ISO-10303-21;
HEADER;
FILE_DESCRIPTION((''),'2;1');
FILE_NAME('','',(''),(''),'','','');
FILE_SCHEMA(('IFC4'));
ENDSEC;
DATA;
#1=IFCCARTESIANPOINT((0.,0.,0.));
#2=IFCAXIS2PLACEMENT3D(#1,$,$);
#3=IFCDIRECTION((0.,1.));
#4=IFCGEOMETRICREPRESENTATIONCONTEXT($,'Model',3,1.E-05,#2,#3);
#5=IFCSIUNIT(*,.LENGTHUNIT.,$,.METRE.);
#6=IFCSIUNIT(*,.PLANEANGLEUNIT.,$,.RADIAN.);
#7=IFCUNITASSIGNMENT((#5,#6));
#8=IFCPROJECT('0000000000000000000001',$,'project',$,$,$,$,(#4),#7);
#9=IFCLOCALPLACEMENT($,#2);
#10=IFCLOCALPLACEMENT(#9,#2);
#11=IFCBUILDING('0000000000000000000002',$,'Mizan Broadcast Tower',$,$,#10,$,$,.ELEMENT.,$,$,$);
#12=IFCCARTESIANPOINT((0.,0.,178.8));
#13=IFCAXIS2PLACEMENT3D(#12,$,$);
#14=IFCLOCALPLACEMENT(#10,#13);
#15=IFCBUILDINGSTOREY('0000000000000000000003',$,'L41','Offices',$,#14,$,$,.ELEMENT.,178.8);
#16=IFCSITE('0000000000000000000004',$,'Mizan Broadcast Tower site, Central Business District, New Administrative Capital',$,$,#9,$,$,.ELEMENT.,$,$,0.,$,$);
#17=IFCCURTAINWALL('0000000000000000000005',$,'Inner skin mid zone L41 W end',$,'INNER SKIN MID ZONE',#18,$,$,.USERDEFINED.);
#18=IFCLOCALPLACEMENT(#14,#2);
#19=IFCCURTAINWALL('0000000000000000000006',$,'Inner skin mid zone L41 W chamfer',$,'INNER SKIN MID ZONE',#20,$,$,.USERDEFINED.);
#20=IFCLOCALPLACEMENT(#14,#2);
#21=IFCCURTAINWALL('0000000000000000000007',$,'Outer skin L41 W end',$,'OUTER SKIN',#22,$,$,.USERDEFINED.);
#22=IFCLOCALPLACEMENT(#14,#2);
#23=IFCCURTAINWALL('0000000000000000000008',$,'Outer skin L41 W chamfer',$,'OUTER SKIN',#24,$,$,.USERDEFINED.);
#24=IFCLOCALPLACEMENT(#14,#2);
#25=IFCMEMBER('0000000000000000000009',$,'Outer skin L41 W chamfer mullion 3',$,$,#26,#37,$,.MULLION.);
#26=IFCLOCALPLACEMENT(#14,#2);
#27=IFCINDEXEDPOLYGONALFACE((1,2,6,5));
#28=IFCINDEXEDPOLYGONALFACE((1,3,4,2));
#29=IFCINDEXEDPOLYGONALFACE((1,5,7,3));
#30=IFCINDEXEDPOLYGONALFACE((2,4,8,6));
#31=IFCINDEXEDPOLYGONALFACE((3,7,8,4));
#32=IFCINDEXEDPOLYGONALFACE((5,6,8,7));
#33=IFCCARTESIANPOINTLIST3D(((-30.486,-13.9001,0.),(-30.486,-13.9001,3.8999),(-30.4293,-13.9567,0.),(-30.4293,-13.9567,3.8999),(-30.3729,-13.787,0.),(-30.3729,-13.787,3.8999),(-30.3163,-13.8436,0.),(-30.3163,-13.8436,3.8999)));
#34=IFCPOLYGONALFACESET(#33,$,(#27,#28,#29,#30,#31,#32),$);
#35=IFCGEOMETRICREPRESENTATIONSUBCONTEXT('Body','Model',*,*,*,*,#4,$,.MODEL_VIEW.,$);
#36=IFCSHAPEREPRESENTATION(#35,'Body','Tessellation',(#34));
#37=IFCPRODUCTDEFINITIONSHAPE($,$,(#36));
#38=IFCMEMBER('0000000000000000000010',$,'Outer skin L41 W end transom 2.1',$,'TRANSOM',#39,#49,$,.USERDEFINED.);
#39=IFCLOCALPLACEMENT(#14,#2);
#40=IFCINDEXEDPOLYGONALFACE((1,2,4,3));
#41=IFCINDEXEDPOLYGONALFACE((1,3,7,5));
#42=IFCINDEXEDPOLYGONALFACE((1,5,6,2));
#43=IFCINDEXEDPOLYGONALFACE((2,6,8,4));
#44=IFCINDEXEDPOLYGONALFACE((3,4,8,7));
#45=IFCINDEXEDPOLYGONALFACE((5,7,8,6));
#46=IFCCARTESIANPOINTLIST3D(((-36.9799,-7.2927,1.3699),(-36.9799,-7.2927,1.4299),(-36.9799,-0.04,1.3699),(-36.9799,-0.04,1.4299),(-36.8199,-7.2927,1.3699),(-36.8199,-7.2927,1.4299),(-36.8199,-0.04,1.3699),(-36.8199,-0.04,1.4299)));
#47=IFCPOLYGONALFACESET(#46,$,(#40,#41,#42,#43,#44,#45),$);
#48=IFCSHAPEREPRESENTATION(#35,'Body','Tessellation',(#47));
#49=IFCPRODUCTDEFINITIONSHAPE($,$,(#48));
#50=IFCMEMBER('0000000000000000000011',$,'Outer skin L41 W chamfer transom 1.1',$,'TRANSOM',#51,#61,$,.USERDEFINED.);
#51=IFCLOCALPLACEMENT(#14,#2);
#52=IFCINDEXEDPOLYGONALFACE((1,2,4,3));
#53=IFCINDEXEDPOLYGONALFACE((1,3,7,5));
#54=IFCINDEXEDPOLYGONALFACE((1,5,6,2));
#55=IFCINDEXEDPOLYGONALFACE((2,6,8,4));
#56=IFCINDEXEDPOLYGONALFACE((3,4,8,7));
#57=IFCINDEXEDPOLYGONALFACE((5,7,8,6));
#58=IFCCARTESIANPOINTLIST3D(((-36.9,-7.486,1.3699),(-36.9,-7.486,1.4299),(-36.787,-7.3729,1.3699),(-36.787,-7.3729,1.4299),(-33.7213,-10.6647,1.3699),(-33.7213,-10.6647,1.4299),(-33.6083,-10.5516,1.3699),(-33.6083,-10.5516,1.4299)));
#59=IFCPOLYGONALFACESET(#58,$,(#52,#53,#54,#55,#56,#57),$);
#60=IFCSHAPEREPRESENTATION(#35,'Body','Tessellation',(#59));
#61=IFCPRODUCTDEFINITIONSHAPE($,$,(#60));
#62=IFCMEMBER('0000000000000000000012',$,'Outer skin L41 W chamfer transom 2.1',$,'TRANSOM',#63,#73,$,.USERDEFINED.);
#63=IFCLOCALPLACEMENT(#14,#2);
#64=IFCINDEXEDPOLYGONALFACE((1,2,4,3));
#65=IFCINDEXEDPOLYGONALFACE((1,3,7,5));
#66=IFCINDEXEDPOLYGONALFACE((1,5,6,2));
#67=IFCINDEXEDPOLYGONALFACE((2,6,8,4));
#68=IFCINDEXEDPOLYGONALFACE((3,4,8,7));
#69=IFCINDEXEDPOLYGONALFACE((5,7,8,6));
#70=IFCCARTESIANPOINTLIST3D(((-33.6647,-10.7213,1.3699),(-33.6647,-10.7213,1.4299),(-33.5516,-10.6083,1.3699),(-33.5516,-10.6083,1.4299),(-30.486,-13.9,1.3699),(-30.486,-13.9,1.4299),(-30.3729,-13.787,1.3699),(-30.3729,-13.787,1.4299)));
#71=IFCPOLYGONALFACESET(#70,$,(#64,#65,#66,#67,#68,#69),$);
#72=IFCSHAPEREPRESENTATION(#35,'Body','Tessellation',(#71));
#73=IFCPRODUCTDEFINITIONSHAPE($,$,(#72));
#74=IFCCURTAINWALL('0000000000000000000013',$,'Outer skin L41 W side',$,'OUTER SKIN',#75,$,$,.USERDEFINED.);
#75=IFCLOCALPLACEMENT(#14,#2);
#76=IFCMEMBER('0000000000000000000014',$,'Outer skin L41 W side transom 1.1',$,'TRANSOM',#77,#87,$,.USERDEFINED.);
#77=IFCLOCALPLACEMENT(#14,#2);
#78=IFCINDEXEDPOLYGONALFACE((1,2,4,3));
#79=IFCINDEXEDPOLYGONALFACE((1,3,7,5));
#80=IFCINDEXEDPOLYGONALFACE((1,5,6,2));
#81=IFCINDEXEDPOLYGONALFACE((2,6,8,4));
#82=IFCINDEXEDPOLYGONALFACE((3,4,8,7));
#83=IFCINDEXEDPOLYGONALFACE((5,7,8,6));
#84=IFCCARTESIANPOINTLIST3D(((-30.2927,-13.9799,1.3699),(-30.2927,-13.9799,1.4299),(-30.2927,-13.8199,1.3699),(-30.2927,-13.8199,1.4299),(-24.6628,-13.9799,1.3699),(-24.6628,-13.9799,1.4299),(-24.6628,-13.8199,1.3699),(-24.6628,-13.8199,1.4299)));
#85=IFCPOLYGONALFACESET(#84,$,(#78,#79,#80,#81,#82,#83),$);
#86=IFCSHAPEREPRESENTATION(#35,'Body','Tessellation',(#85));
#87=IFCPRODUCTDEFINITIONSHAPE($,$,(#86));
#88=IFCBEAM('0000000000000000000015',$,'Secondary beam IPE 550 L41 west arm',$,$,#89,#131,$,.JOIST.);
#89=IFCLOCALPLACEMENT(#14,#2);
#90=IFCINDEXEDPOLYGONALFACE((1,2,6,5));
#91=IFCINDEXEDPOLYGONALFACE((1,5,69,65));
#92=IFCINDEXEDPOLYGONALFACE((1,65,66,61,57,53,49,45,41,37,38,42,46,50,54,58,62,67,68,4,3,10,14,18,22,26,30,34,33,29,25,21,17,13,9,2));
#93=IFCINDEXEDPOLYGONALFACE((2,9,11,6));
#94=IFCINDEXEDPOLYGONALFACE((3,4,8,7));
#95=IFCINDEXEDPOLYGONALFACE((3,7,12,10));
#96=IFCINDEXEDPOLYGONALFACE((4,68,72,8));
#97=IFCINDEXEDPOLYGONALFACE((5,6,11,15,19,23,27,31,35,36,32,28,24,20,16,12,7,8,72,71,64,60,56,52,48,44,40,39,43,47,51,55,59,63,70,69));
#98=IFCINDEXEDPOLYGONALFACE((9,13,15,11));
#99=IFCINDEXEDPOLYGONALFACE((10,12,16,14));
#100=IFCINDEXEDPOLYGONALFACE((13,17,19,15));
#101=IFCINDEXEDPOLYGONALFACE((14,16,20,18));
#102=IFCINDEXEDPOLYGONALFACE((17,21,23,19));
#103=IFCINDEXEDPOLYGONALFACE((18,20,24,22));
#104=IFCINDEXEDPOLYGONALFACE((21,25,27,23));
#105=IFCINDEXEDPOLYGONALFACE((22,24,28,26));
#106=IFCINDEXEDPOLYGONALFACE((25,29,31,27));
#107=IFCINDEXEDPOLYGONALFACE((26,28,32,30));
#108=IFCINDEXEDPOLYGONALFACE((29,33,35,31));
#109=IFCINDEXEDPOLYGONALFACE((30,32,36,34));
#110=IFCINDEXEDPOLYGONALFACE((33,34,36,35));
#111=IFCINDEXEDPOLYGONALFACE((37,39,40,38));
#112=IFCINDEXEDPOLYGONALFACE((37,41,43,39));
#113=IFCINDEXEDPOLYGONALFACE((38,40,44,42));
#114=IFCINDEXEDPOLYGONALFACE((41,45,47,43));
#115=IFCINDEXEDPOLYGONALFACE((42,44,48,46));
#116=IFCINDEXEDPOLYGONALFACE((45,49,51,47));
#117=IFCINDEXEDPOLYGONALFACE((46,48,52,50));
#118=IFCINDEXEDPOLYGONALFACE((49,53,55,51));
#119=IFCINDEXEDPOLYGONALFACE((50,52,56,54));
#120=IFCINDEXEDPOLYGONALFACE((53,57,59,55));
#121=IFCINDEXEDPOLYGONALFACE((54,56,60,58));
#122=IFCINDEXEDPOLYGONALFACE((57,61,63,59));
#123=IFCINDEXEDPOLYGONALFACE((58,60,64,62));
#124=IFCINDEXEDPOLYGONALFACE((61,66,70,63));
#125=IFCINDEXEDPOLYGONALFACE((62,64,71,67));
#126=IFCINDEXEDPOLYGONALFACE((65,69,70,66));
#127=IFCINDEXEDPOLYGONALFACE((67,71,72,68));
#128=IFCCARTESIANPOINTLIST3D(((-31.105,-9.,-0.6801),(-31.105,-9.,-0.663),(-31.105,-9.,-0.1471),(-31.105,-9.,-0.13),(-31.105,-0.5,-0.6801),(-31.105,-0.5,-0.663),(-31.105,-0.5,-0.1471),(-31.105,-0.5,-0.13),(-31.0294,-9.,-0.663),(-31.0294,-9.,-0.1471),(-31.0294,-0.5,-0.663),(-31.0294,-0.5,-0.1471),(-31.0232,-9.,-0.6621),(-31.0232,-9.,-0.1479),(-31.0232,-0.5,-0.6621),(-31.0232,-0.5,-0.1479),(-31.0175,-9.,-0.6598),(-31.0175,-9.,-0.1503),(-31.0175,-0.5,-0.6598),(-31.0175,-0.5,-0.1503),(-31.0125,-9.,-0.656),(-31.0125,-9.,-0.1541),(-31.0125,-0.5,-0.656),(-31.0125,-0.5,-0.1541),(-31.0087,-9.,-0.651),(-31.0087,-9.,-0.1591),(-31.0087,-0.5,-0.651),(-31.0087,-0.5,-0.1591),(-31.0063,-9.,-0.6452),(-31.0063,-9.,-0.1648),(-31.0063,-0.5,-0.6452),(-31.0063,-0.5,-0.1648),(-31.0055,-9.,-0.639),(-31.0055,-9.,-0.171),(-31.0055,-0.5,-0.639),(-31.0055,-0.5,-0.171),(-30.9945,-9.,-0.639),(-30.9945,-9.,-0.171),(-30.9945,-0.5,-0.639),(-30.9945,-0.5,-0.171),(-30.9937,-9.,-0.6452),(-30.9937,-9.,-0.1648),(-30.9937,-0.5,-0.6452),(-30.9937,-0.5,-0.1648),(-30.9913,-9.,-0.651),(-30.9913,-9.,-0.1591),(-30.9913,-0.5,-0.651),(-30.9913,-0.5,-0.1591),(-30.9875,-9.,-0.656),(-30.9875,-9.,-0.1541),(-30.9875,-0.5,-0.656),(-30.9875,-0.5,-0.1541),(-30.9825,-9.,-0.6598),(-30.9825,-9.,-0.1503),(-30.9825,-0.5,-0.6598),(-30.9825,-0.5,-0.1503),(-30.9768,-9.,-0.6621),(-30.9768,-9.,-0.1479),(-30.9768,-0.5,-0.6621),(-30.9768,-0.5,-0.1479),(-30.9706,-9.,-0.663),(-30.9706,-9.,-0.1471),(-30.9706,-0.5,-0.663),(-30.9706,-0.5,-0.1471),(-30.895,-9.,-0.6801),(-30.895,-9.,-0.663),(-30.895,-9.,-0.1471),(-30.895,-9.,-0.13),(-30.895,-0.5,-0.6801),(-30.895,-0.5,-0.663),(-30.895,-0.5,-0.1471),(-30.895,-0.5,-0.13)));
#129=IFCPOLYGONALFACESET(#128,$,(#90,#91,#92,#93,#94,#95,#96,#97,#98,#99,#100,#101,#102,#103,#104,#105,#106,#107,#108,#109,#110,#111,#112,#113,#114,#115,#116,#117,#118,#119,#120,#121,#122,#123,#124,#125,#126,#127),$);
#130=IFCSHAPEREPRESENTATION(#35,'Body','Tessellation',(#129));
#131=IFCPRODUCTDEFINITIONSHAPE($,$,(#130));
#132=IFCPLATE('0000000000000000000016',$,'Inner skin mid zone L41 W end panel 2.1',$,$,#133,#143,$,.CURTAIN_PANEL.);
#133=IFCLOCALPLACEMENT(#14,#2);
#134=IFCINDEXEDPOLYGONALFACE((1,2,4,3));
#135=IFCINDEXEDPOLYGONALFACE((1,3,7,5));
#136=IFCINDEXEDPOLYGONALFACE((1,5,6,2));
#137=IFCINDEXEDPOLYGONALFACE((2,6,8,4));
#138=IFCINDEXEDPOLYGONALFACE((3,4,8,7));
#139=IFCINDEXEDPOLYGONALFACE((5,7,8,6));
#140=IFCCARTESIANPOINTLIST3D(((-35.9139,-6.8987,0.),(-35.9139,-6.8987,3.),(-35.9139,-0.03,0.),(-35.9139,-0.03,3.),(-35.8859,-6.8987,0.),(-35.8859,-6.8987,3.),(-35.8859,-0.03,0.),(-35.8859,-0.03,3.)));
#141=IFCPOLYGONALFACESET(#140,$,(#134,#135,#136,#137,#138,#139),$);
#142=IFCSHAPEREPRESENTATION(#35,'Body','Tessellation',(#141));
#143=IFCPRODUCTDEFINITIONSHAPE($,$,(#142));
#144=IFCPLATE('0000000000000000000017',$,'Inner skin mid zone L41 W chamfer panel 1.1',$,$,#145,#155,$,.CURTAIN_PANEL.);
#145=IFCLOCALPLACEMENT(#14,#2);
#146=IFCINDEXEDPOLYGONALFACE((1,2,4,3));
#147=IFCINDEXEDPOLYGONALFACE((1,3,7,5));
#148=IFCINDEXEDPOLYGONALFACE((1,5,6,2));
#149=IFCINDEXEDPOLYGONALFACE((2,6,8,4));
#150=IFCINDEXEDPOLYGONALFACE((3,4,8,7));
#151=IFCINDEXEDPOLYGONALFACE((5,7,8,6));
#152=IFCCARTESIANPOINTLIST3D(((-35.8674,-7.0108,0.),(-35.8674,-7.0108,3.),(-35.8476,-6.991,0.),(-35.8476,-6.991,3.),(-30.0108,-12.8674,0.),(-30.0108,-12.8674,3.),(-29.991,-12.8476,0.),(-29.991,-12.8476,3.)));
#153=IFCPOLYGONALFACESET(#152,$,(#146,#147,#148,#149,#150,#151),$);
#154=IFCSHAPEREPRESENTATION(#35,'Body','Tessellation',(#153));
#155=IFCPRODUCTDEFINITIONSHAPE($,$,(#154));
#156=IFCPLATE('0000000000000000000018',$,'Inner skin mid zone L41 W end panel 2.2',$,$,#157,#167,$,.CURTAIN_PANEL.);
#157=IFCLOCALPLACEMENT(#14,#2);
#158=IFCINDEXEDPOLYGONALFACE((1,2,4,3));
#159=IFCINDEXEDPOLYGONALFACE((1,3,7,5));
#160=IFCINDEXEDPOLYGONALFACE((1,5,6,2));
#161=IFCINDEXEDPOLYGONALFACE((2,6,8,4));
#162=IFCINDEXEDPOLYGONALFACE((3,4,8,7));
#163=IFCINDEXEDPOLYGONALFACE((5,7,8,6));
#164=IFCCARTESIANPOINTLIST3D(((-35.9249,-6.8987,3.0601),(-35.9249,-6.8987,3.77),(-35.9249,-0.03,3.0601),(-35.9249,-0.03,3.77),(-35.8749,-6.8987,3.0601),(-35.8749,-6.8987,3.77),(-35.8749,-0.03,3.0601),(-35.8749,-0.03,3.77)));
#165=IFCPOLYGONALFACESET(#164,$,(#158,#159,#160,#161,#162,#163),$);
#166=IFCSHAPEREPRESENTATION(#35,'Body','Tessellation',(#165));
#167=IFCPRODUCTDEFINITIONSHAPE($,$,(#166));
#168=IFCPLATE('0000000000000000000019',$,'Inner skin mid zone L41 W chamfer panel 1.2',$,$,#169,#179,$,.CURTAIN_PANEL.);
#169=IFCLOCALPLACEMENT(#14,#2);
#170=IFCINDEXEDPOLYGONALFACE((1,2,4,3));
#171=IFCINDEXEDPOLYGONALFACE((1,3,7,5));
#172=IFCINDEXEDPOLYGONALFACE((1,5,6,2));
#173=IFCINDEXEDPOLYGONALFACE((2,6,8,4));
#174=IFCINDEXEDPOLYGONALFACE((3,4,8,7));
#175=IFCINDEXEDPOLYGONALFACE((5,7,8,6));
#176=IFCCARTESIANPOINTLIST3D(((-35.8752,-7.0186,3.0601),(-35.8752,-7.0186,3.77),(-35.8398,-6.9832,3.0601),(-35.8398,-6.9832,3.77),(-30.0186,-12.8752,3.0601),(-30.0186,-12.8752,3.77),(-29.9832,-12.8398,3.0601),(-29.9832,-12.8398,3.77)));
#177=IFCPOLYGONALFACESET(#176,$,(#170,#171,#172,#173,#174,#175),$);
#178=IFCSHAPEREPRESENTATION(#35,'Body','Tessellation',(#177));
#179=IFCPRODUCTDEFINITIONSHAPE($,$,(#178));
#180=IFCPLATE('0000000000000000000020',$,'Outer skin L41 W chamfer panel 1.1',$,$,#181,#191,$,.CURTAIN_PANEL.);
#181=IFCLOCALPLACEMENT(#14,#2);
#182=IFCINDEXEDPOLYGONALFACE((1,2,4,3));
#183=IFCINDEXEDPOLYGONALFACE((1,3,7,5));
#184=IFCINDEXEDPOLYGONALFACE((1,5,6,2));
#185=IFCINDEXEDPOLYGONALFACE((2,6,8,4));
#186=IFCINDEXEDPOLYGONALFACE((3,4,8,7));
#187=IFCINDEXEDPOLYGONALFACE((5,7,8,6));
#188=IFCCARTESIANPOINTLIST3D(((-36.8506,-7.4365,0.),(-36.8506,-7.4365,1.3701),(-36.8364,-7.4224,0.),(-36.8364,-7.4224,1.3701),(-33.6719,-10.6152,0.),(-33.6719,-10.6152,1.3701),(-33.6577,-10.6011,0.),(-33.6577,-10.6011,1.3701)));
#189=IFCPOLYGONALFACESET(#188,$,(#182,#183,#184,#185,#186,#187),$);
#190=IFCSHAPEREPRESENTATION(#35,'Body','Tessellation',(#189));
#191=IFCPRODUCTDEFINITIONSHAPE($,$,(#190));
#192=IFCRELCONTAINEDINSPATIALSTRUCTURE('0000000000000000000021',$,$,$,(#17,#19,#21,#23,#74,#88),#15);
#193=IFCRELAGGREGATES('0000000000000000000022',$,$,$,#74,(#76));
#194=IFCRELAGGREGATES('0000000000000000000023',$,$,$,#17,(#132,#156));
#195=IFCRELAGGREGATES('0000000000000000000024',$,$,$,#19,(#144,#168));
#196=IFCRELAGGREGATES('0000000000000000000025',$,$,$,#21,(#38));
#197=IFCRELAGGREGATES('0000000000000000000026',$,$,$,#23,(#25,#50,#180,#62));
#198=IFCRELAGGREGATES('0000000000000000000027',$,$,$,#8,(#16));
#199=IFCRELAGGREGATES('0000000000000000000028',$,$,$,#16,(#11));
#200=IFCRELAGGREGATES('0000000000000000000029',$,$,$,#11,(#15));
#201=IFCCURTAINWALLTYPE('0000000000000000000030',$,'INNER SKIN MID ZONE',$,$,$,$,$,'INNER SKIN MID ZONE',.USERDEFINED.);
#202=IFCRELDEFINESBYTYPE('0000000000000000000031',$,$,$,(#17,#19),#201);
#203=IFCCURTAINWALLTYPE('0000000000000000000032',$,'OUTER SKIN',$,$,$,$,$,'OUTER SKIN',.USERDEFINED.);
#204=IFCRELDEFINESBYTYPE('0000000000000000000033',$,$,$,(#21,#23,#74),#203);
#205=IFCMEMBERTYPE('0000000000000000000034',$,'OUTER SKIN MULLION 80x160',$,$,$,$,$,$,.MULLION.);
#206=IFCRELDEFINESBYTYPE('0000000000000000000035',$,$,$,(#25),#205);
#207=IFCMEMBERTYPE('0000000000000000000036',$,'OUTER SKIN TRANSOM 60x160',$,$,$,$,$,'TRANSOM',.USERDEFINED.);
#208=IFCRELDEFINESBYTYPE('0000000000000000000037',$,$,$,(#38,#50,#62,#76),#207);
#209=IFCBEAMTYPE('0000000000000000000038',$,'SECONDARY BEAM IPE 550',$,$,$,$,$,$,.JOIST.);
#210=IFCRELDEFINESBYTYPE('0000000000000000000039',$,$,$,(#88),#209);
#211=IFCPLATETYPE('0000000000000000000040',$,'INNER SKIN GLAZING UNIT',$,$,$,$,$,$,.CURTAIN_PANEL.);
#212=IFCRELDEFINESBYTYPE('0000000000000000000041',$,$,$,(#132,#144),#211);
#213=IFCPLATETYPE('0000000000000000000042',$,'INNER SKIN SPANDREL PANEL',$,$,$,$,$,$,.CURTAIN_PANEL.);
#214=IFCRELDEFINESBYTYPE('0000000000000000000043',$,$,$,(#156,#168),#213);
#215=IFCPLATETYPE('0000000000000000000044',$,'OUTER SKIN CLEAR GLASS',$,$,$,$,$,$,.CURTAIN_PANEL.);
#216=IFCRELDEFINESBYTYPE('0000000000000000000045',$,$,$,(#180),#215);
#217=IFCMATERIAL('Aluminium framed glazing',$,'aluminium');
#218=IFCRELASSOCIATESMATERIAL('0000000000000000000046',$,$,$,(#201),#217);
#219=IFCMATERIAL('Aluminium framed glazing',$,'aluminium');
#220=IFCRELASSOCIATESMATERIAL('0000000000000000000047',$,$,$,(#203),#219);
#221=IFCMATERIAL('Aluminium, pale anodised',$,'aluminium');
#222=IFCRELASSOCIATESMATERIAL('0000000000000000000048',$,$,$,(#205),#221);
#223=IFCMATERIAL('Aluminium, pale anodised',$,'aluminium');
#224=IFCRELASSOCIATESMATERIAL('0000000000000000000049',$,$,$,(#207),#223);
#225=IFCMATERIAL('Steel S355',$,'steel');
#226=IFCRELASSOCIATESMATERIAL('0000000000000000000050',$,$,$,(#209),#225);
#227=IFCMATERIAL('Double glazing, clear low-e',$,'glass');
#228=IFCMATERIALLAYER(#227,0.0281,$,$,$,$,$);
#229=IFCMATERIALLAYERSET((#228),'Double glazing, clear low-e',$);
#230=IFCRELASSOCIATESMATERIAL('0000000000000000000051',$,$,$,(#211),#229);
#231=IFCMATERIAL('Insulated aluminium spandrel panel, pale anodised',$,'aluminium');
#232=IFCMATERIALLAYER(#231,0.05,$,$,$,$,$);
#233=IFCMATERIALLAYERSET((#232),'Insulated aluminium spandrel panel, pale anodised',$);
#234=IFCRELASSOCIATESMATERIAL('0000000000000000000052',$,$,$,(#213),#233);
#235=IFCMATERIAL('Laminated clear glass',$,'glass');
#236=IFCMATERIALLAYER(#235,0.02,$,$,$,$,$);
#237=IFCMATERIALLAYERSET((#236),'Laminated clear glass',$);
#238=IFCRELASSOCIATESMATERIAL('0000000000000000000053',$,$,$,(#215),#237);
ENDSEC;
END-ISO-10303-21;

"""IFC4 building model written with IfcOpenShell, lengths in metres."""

from ifc_helpers import new_model, si_unit, direction, frame, origin, origin_2d, place, context, subcontext, project, spatial, rectangle, i_section, extrude, material, layer, layer_set, material_profile, profile_set, type_object, element, aggregate, save


model = new_model("IFC4")

# Units and contexts
model_context = context("Model", 3, precision=1e-05, world=origin(), true_north=direction((0.0, 1.0)))
body_context = subcontext(model_context, "Body", "Model", "MODEL_VIEW")
ifc_project = project(units=[si_unit("LENGTHUNIT", "METRE"), si_unit("PLANEANGLEUNIT", "RADIAN")], contexts=[model_context])

# Site, building, storey
site_placement = place(None, origin())
site = spatial("IfcSite", under=ifc_project, at=site_placement, Name="Mizan Broadcast Tower site, Central Business District, New Administrative Capital", CompositionType="ELEMENT", RefElevation=0.0)
building_placement = place(site_placement, origin())
building = spatial("IfcBuilding", under=site, at=building_placement, Name="Mizan Broadcast Tower", CompositionType="ELEMENT")
storey_placement = place(building_placement, frame((0.0, 0.0, 178.8)))
storey = spatial("IfcBuildingStorey", under=building, at=storey_placement, Name="L41", Description="Offices", CompositionType="ELEMENT", Elevation=178.8)

# Curtain wall
ifc_material_1 = material(Name="Aluminium framed glazing", Category="aluminium")
curtain_wall_type_1 = type_object("IfcCurtainWallType", Name="INNER SKIN MID ZONE", ElementType="INNER SKIN MID ZONE", PredefinedType="USERDEFINED", material=ifc_material_1)
curtain_wall_1_placement = place(storey_placement, origin())
curtain_wall_1 = element("IfcCurtainWall", 1, at=curtain_wall_1_placement, inside=storey, type_object=curtain_wall_type_1, Name="Inner skin mid zone L41 W end", ObjectType="INNER SKIN MID ZONE", PredefinedType="USERDEFINED")

# Curtain wall
curtain_wall_2_placement = place(storey_placement, origin())
curtain_wall_2 = element("IfcCurtainWall", 2, at=curtain_wall_2_placement, inside=storey, type_object=curtain_wall_type_1, Name="Inner skin mid zone L41 W chamfer", ObjectType="INNER SKIN MID ZONE", PredefinedType="USERDEFINED")

# Curtain walls, member
ifc_material_2 = material(Name="Aluminium framed glazing", Category="aluminium")
curtain_wall_type_2 = type_object("IfcCurtainWallType", Name="OUTER SKIN", ElementType="OUTER SKIN", PredefinedType="USERDEFINED", material=ifc_material_2)
curtain_wall_3_placement = place(storey_placement, origin())
curtain_wall_3 = element("IfcCurtainWall", 3, at=curtain_wall_3_placement, inside=storey, type_object=curtain_wall_type_2, Name="Outer skin L41 W end", ObjectType="OUTER SKIN", PredefinedType="USERDEFINED")
ifc_material_3 = material(Name="Aluminium, pale anodised", Category="aluminium")
ifc_material_profile_1 = material_profile(ifc_material_3, rectangle(XDim=0.1599, YDim=0.0801, at=origin_2d()), Name="MULLION 160x80")
ifc_profile_set_1 = profile_set([ifc_material_profile_1], Name="Aluminium, pale anodised")
member_type_1 = type_object("IfcMemberType", Name="OUTER SKIN MULLION 80x160", PredefinedType="MULLION", material=ifc_profile_set_1)
curtain_wall_4_placement = place(storey_placement, origin())
curtain_wall_4 = element("IfcCurtainWall", 4, at=curtain_wall_4_placement, inside=storey, type_object=curtain_wall_type_2, Name="Outer skin L41 W chamfer", ObjectType="OUTER SKIN", PredefinedType="USERDEFINED")
member_1_placement = place(storey_placement, frame((-30.4011, -13.8718, 0.0), z_axis=(0.0, 0.0, 1.0), x_axis=(0.707107, 0.707107, 0.0)))
member_1 = element("IfcMember", 5, at=member_1_placement, type_object=member_type_1, Name="Outer skin L41 W chamfer mullion 3", PredefinedType="MULLION", context=body_context, shape_type="SweptSolid", body=[
    extrude(rectangle(XDim=0.1599, YDim=0.0801, at=origin_2d()), origin(), (0.0, 0.0, 1.0), 3.8999),
])

# Members
ifc_material_4 = material(Name="Aluminium, pale anodised", Category="aluminium")
ifc_material_profile_2 = material_profile(ifc_material_4, rectangle(XDim=0.1599, YDim=0.0601, at=origin_2d()), Name="TRANSOM 160x60")
ifc_profile_set_2 = profile_set([ifc_material_profile_2], Name="Aluminium, pale anodised")
member_type_2 = type_object("IfcMemberType", Name="OUTER SKIN TRANSOM 60x160", ElementType="TRANSOM", PredefinedType="USERDEFINED", material=ifc_profile_set_2)
member_2_placement = place(storey_placement, frame((-36.8999, -0.04, 1.3999), z_axis=(0.0, -1.0, 0.0), x_axis=(1.0, 0.0, 0.0)))
member_2 = element("IfcMember", 6, at=member_2_placement, type_object=member_type_2, Name="Outer skin L41 W end transom 2.1", ObjectType="TRANSOM", PredefinedType="USERDEFINED", context=body_context, shape_type="SweptSolid", body=[
    extrude(rectangle(XDim=0.1599, YDim=0.0601, at=origin_2d()), origin(), (0.0, 0.0, 1.0), 7.2527),
])
member_3_placement = place(storey_placement, frame((-36.8435, -7.4294, 1.3999), z_axis=(0.707107, -0.707107, 0.0), x_axis=(0.707107, 0.707107, 0.0)))
member_3 = element("IfcMember", 7, at=member_3_placement, type_object=member_type_2, Name="Outer skin L41 W chamfer transom 1.1", ObjectType="TRANSOM", PredefinedType="USERDEFINED", context=body_context, shape_type="SweptSolid", body=[
    extrude(rectangle(XDim=0.1599, YDim=0.0601, at=origin_2d()), origin(), (0.0, 0.0, 1.0), 4.4954),
])
member_4_placement = place(storey_placement, frame((-33.6082, -10.6648, 1.3999), z_axis=(0.707107, -0.707107, 0.0), x_axis=(0.707107, 0.707107, 0.0)))
member_4 = element("IfcMember", 8, at=member_4_placement, type_object=member_type_2, Name="Outer skin L41 W chamfer transom 2.1", ObjectType="TRANSOM", PredefinedType="USERDEFINED", context=body_context, shape_type="SweptSolid", body=[
    extrude(rectangle(XDim=0.1599, YDim=0.0601, at=origin_2d()), origin(), (0.0, 0.0, 1.0), 4.4954),
])

# Curtain wall, member
curtain_wall_5_placement = place(storey_placement, origin())
curtain_wall_5 = element("IfcCurtainWall", 9, at=curtain_wall_5_placement, inside=storey, type_object=curtain_wall_type_2, Name="Outer skin L41 W side", ObjectType="OUTER SKIN", PredefinedType="USERDEFINED")
member_5_placement = place(storey_placement, frame((-30.2927, -13.8999, 1.3999), z_axis=(1.0, 0.0, 0.0), x_axis=(0.0, 1.0, 0.0)))
member_5 = element("IfcMember", 10, at=member_5_placement, type_object=member_type_2, Name="Outer skin L41 W side transom 1.1", ObjectType="TRANSOM", PredefinedType="USERDEFINED", context=body_context, shape_type="SweptSolid", body=[
    extrude(rectangle(XDim=0.1599, YDim=0.0601, at=origin_2d()), origin(), (0.0, 0.0, 1.0), 5.6299),
])
aggregate(curtain_wall_5, [member_5])

# Beam
ifc_material_5 = material(Name="Steel S355", Category="steel")
ifc_material_profile_3 = material_profile(ifc_material_5, i_section(OverallWidth=0.21, OverallDepth=0.55, WebThickness=0.011, FlangeThickness=0.0171, FilletRadius=0.0239, at=origin_2d()), Name="IPE 550")
ifc_profile_set_3 = profile_set([ifc_material_profile_3], Name="Steel S355")
beam_type_1 = type_object("IfcBeamType", Name="SECONDARY BEAM IPE 550", PredefinedType="JOIST", material=ifc_profile_set_3)
beam_1_placement = place(storey_placement, frame((-31.0, -9.0, -0.405), z_axis=(0.0, 1.0, 0.0), x_axis=(-1.0, 0.0, 0.0)))
element("IfcBeam", 11, at=beam_1_placement, inside=storey, type_object=beam_type_1, Name="Secondary beam IPE 550 L41 west arm", PredefinedType="JOIST", context=body_context, shape_type="SweptSolid", body=[
    extrude(i_section(OverallWidth=0.21, OverallDepth=0.55, WebThickness=0.011, FlangeThickness=0.0171, FilletRadius=0.0239, at=origin_2d()), origin(), (0.0, 0.0, 1.0), 8.5),
])

# Plates
ifc_material_6 = material(Name="Double glazing, clear low-e", Category="glass")
ifc_layer_1 = layer(ifc_material_6, 0.0281)
ifc_layer_set_1 = layer_set([ifc_layer_1], Name="Double glazing, clear low-e")
plate_type_1 = type_object("IfcPlateType", Name="INNER SKIN GLAZING UNIT", PredefinedType="CURTAIN_PANEL", material=ifc_layer_set_1)
plate_1_placement = place(storey_placement, frame((-35.8999, -3.4644, 0.0), z_axis=(0.0, 0.0, 1.0), x_axis=(0.0, -1.0, 0.0)))
plate_1 = element("IfcPlate", 12, at=plate_1_placement, type_object=plate_type_1, Name="Inner skin mid zone L41 W end panel 2.1", PredefinedType="CURTAIN_PANEL", context=body_context, shape_type="SweptSolid", body=[
    extrude(rectangle(XDim=6.8687, YDim=0.0281, at=origin_2d()), origin(), (0.0, 0.0, 1.0), 3.0),
])
plate_2_placement = place(storey_placement, frame((-32.9292, -9.9292, 0.0), z_axis=(0.0, 0.0, 1.0), x_axis=(0.707107, -0.707107, 0.0)))
plate_2 = element("IfcPlate", 13, at=plate_2_placement, type_object=plate_type_1, Name="Inner skin mid zone L41 W chamfer panel 1.1", PredefinedType="CURTAIN_PANEL", context=body_context, shape_type="SweptSolid", body=[
    extrude(rectangle(XDim=8.2825, YDim=0.0281, at=origin_2d()), origin(), (0.0, 0.0, 1.0), 3.0),
])
ifc_material_7 = material(Name="Insulated aluminium spandrel panel, pale anodised", Category="aluminium")
ifc_layer_2 = layer(ifc_material_7, 0.05)
ifc_layer_set_2 = layer_set([ifc_layer_2], Name="Insulated aluminium spandrel panel, pale anodised")
plate_type_2 = type_object("IfcPlateType", Name="INNER SKIN SPANDREL PANEL", PredefinedType="CURTAIN_PANEL", material=ifc_layer_set_2)
plate_3_placement = place(storey_placement, frame((-35.8999, -3.4644, 3.0601), z_axis=(0.0, 0.0, 1.0), x_axis=(0.0, -1.0, 0.0)))
plate_3 = element("IfcPlate", 14, at=plate_3_placement, type_object=plate_type_2, Name="Inner skin mid zone L41 W end panel 2.2", PredefinedType="CURTAIN_PANEL", context=body_context, shape_type="SweptSolid", body=[
    extrude(rectangle(XDim=6.8687, YDim=0.05, at=origin_2d()), origin(), (0.0, 0.0, 1.0), 0.71),
])
aggregate(curtain_wall_1, [plate_1, plate_3])
plate_4_placement = place(storey_placement, frame((-32.9292, -9.9292, 3.0601), z_axis=(0.0, 0.0, 1.0), x_axis=(0.707107, -0.707107, 0.0)))
plate_4 = element("IfcPlate", 15, at=plate_4_placement, type_object=plate_type_2, Name="Inner skin mid zone L41 W chamfer panel 1.2", PredefinedType="CURTAIN_PANEL", context=body_context, shape_type="SweptSolid", body=[
    extrude(rectangle(XDim=8.2825, YDim=0.05, at=origin_2d()), origin(), (0.0, 0.0, 1.0), 0.71),
])
aggregate(curtain_wall_2, [plate_2, plate_4])
ifc_material_8 = material(Name="Laminated clear glass", Category="glass")
ifc_layer_3 = layer(ifc_material_8, 0.02)
ifc_layer_set_3 = layer_set([ifc_layer_3], Name="Laminated clear glass")
plate_type_3 = type_object("IfcPlateType", Name="OUTER SKIN CLEAR GLASS", PredefinedType="CURTAIN_PANEL", material=ifc_layer_set_3)
plate_5_placement = place(storey_placement, frame((-35.2542, -9.0188, 0.0), z_axis=(0.0, 0.0, 1.0), x_axis=(0.707107, -0.707107, 0.0)))
plate_5 = element("IfcPlate", 16, at=plate_5_placement, type_object=plate_type_3, Name="Outer skin L41 W chamfer panel 1.1", PredefinedType="CURTAIN_PANEL", context=body_context, shape_type="SweptSolid", body=[
    extrude(rectangle(XDim=4.4954, YDim=0.02, at=origin_2d()), origin(), (0.0, 0.0, 1.0), 1.3701),
])
aggregate(curtain_wall_3, [member_2])
aggregate(curtain_wall_4, [member_1, member_3, plate_5, member_4])

save(model, "model.ifc")
